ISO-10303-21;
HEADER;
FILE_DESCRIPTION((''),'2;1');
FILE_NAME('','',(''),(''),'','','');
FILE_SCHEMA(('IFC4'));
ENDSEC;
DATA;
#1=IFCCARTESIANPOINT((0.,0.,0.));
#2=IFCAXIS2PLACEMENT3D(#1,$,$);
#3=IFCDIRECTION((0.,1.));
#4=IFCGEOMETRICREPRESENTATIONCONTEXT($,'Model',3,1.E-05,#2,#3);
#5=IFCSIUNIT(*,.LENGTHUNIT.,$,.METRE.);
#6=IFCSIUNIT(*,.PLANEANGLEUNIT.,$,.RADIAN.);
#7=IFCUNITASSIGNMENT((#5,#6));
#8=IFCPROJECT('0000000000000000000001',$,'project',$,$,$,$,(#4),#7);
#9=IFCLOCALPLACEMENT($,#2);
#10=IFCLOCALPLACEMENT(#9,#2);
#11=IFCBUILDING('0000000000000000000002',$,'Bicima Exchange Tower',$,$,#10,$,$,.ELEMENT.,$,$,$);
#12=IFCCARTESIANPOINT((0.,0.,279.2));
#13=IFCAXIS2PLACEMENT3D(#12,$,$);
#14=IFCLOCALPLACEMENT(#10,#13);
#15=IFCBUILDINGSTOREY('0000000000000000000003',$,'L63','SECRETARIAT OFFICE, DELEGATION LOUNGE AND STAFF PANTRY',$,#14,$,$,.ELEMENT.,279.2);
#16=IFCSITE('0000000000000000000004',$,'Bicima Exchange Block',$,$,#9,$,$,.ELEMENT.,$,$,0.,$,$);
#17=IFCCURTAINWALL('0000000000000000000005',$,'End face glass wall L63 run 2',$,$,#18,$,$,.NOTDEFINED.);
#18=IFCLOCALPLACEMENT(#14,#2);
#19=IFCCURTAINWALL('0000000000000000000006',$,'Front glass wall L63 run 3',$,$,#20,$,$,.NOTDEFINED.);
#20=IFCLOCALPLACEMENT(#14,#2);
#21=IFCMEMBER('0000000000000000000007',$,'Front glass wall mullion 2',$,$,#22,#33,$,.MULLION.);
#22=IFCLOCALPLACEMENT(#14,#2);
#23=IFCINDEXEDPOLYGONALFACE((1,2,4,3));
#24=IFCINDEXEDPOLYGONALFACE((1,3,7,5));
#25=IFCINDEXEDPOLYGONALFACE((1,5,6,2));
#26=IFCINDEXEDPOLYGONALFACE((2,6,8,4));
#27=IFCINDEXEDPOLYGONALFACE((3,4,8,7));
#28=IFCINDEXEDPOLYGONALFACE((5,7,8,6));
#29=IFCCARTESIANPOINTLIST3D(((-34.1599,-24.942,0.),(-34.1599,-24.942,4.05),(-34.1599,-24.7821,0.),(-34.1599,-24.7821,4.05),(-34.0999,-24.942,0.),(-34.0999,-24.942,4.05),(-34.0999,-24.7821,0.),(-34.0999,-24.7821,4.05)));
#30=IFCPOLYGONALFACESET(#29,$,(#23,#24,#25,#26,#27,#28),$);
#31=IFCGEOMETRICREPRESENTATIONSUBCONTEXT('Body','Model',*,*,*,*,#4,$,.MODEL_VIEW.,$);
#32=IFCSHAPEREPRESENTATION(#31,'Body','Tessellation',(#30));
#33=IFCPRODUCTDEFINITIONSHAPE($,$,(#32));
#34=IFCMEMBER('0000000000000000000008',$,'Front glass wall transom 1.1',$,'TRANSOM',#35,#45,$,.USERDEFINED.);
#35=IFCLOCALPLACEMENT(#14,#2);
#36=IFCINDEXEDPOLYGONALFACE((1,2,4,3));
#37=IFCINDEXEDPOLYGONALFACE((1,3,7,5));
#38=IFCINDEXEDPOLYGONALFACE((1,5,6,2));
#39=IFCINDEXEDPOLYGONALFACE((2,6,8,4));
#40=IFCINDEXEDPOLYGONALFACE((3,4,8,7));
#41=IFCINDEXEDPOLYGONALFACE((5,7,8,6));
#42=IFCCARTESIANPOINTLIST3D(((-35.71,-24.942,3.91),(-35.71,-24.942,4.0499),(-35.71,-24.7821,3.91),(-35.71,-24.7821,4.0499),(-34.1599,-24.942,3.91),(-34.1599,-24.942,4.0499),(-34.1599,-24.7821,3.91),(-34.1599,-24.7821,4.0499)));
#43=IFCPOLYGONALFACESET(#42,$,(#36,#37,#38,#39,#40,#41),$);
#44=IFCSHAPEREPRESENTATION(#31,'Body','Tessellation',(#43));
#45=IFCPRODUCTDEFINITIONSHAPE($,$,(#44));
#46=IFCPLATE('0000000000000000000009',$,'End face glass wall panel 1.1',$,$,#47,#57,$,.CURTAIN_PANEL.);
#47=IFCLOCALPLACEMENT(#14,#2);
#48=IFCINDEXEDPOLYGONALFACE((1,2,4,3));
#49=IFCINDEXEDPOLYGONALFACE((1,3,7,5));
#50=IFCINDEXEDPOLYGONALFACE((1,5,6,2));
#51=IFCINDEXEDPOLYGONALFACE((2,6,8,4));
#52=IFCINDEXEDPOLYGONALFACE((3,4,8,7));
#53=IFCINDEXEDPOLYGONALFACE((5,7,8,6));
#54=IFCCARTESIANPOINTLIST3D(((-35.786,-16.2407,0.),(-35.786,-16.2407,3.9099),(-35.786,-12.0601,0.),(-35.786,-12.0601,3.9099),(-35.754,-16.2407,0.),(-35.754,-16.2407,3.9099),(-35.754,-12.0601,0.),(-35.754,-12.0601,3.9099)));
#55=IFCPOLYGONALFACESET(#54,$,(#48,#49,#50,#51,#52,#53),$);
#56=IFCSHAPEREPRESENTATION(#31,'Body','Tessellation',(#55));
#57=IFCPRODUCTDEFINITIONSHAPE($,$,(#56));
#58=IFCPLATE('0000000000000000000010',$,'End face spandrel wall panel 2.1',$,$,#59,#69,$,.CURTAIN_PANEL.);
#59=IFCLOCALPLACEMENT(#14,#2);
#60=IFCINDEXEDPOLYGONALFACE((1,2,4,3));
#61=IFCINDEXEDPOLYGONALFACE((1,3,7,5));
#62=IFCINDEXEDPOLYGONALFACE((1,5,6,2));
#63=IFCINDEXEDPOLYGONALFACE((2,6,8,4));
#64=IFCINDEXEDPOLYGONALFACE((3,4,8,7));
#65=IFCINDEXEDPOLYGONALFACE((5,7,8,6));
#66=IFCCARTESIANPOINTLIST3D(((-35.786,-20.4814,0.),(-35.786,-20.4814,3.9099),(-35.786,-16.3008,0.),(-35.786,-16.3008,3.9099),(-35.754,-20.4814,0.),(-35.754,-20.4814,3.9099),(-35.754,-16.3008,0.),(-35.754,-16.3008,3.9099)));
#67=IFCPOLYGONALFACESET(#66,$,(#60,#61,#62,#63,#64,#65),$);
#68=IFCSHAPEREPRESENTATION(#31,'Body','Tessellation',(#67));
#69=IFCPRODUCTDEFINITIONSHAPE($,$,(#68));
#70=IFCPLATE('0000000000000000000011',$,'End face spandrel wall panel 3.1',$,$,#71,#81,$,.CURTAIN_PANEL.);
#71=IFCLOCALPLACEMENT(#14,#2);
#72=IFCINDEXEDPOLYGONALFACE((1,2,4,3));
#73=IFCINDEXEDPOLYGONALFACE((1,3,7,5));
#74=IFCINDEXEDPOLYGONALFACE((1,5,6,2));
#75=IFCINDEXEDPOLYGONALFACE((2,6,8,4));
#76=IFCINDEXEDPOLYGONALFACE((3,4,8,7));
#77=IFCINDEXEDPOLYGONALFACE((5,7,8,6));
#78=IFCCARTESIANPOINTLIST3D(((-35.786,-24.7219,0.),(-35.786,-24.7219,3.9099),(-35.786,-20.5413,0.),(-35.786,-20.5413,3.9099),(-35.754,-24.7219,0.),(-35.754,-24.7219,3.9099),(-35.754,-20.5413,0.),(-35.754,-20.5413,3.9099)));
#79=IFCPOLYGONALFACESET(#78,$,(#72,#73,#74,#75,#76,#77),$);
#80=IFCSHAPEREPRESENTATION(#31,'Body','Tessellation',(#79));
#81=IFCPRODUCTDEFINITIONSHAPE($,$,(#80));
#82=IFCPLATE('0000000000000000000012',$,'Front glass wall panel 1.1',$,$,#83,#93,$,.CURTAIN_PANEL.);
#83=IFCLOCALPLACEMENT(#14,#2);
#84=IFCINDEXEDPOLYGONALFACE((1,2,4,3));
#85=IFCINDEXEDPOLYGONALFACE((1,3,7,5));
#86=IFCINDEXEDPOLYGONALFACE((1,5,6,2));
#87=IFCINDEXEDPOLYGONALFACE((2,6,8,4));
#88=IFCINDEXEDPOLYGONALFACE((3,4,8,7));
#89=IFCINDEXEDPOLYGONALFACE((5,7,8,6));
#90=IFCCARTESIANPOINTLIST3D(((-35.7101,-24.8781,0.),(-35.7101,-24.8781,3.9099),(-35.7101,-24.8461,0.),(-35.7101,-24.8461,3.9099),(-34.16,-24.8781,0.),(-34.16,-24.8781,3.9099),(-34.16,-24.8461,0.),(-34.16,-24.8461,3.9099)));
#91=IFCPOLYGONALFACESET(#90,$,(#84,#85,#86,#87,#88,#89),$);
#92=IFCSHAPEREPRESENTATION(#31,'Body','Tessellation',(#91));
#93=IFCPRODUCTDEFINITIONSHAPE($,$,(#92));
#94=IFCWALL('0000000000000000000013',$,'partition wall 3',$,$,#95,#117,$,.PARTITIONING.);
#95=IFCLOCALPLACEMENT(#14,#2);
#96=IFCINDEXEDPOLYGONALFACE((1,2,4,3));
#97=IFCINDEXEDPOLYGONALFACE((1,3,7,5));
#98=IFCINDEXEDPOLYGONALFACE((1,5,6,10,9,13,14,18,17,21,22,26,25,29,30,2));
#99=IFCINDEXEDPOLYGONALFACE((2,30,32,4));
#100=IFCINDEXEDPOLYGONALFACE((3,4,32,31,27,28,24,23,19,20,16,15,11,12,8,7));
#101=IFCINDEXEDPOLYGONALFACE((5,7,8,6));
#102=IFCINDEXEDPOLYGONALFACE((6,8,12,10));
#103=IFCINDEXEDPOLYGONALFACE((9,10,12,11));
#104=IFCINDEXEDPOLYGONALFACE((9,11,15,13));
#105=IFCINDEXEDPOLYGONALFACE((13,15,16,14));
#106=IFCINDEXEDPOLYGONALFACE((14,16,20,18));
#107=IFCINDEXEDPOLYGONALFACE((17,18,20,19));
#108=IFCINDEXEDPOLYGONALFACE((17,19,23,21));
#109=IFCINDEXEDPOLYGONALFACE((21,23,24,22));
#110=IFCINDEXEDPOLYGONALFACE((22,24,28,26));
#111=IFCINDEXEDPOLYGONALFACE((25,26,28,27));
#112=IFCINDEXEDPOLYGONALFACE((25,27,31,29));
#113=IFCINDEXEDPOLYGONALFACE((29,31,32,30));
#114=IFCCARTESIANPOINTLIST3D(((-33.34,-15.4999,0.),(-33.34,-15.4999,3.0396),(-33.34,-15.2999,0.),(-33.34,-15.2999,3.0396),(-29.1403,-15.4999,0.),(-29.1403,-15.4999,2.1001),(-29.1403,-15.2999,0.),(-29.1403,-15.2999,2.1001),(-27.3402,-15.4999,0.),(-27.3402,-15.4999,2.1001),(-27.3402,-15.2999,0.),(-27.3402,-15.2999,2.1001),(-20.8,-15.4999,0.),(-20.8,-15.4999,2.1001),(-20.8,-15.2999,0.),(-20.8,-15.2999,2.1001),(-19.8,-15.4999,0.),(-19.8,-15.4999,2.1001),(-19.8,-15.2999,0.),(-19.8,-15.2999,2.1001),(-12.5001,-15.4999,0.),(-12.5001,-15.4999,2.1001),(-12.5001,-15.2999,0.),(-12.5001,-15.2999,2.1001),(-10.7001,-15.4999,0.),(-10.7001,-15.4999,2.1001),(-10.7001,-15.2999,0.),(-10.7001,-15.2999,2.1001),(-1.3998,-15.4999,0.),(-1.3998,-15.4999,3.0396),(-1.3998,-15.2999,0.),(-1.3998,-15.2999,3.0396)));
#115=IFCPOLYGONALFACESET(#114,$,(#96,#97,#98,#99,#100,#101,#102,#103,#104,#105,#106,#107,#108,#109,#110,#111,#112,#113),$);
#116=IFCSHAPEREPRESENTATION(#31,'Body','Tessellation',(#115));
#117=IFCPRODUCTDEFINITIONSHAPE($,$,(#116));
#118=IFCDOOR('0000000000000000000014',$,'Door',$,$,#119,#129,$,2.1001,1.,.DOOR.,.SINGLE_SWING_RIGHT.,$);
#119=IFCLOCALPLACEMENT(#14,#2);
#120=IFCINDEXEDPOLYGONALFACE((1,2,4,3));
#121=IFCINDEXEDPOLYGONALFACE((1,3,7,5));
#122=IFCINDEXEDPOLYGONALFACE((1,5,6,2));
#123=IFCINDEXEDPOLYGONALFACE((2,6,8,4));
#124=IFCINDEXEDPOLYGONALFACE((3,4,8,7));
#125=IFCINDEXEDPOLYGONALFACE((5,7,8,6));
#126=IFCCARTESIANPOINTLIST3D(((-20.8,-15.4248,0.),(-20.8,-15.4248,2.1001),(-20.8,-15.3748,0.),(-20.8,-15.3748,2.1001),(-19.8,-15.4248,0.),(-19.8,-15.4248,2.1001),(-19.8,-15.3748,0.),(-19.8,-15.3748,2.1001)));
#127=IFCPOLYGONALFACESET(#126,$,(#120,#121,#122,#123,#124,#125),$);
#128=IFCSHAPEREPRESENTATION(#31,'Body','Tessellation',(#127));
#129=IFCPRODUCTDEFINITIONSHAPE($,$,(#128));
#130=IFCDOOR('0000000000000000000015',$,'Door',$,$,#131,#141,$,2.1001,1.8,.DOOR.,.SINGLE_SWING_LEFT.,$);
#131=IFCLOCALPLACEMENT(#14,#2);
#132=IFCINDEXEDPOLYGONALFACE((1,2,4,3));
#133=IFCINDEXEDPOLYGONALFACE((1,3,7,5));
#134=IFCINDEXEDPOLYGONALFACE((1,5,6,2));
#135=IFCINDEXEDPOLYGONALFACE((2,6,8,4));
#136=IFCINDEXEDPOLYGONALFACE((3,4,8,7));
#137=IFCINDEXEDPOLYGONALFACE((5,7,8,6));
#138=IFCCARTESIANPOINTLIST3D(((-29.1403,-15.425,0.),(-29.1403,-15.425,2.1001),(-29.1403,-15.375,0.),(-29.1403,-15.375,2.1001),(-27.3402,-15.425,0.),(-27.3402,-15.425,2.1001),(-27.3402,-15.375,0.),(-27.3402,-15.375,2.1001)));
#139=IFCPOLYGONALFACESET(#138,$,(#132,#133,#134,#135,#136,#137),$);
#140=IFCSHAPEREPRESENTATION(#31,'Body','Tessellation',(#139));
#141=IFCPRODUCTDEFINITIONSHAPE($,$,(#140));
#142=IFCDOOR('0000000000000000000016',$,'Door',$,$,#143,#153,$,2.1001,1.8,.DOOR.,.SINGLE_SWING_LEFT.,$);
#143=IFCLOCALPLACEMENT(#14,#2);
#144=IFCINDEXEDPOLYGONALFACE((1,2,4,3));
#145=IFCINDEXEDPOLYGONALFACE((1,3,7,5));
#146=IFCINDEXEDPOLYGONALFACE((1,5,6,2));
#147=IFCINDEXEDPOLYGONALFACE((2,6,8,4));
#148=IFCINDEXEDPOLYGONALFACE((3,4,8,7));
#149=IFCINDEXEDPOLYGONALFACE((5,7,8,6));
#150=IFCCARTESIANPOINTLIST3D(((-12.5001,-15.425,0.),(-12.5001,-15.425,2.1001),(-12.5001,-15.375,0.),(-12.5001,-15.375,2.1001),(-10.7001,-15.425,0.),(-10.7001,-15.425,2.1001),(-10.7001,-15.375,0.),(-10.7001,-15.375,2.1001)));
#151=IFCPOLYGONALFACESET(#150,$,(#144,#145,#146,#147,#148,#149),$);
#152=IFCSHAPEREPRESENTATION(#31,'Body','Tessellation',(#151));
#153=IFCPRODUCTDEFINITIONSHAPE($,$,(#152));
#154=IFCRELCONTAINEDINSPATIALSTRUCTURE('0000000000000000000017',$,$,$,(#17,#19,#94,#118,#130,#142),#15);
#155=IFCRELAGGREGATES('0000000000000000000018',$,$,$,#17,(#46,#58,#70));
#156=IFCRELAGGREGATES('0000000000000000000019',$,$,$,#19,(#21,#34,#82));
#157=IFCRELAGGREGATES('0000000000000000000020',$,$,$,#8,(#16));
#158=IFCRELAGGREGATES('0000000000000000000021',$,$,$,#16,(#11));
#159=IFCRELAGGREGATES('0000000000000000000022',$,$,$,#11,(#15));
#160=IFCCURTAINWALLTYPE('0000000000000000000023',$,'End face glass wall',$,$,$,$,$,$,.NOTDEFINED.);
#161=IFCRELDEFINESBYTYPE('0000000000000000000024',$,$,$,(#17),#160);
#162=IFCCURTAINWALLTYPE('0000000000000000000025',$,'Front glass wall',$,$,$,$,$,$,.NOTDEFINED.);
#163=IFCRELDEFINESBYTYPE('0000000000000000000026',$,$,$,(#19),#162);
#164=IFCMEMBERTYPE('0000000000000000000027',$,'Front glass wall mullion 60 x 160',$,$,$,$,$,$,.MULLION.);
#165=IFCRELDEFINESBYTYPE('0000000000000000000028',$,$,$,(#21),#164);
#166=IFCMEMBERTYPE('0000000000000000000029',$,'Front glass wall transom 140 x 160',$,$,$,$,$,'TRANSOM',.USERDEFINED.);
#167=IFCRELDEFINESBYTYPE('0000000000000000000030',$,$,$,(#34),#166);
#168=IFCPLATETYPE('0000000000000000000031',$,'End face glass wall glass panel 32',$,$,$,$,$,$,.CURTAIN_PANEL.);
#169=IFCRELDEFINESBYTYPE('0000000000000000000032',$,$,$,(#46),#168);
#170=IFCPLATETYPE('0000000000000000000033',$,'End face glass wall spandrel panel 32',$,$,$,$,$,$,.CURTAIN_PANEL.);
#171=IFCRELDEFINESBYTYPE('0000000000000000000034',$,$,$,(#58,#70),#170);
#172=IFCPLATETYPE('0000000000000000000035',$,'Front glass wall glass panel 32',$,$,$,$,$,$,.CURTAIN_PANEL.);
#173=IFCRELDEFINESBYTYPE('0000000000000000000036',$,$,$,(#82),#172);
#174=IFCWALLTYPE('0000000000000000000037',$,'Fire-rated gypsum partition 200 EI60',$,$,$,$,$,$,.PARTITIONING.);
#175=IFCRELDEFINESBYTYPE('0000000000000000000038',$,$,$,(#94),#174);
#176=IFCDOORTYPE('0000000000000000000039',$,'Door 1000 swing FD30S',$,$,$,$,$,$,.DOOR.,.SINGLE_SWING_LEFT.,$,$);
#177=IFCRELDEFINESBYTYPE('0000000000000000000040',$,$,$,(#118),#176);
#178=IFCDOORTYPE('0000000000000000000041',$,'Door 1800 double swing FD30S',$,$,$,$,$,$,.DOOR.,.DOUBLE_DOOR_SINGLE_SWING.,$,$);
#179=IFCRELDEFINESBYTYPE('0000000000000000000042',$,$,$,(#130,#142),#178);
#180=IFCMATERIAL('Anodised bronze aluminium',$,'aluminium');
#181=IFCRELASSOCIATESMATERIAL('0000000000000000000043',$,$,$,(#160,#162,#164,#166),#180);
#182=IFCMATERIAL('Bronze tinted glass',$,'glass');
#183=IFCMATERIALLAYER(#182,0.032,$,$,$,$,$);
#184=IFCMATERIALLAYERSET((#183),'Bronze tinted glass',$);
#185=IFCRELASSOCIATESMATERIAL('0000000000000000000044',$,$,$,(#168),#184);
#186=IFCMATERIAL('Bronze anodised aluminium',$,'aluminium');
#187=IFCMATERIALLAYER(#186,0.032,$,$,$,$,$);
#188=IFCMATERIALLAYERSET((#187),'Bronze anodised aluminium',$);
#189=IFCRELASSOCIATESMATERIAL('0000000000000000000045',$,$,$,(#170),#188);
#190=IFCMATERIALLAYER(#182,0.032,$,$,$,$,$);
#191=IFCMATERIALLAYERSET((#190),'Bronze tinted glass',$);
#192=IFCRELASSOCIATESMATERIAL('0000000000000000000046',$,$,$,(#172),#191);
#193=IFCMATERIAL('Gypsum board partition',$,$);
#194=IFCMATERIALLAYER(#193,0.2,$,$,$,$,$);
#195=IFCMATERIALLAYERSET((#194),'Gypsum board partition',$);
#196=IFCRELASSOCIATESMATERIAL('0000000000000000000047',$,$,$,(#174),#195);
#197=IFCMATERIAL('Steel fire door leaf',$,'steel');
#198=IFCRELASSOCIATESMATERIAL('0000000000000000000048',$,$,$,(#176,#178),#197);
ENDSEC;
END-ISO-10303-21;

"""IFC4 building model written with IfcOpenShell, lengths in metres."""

from ifc_helpers import new_model, si_unit, direction, frame, frame_2d, origin, origin_2d, place, context, subcontext, project, spatial, rectangle, extrude, material, layer, layer_set, material_profile, profile_set, type_object, element, fill, aggregate, save


model = new_model("IFC4")

# Units and contexts
model_context = context("Model", 3, precision=1e-05, world=origin(), true_north=direction((0.0, 1.0)))
body_context = subcontext(model_context, "Body", "Model", "MODEL_VIEW")
ifc_project = project(units=[si_unit("LENGTHUNIT", "METRE"), si_unit("PLANEANGLEUNIT", "RADIAN")], contexts=[model_context])

# Site, building, storey
site_placement = place(None, origin())
site = spatial("IfcSite", under=ifc_project, at=site_placement, Name="Bicima Exchange Block", CompositionType="ELEMENT", RefElevation=0.0)
building_placement = place(site_placement, origin())
building = spatial("IfcBuilding", under=site, at=building_placement, Name="Bicima Exchange Tower", CompositionType="ELEMENT")
storey_placement = place(building_placement, frame((0.0, 0.0, 279.2)))
storey = spatial("IfcBuildingStorey", under=building, at=storey_placement, Name="L63", Description="SECRETARIAT OFFICE, DELEGATION LOUNGE AND STAFF PANTRY", CompositionType="ELEMENT", Elevation=279.2)

# Curtain wall
ifc_material_1 = material(Name="Anodised bronze aluminium", Category="aluminium")
curtain_wall_type_1 = type_object("IfcCurtainWallType", Name="End face glass wall", PredefinedType="NOTDEFINED", material=ifc_material_1)
curtain_wall_1_placement = place(storey_placement, origin())
curtain_wall_1 = element("IfcCurtainWall", 1, at=curtain_wall_1_placement, inside=storey, type_object=curtain_wall_type_1, Name="End face glass wall L63 run 2", PredefinedType="NOTDEFINED")
ifc_material_profile_1 = material_profile(ifc_material_1, rectangle(XDim=0.1599, YDim=0.0601, at=origin_2d()))
ifc_profile_set_1 = profile_set([ifc_material_profile_1], Name="Anodised bronze aluminium")
ifc_material_profile_2 = material_profile(ifc_material_1, rectangle(XDim=0.1599, YDim=0.1399, at=origin_2d()))
ifc_profile_set_2 = profile_set([ifc_material_profile_2], Name="Anodised bronze aluminium")

# Curtain wall, members
curtain_wall_type_2 = type_object("IfcCurtainWallType", Name="Front glass wall", PredefinedType="NOTDEFINED", material=ifc_material_1)
curtain_wall_2_placement = place(storey_placement, origin())
curtain_wall_2 = element("IfcCurtainWall", 2, at=curtain_wall_2_placement, inside=storey, type_object=curtain_wall_type_2, Name="Front glass wall L63 run 3", PredefinedType="NOTDEFINED")
member_type_1 = type_object("IfcMemberType", Name="Front glass wall mullion 60 x 160", PredefinedType="MULLION", material=ifc_profile_set_1)
member_1_placement = place(storey_placement, frame((-34.1299, -24.8621, 0.0), z_axis=(0.0, 0.0, 1.0), x_axis=(0.0, 1.0, 0.0)))
member_1 = element("IfcMember", 3, at=member_1_placement, type_object=member_type_1, Name="Front glass wall mullion 2", PredefinedType="MULLION", context=body_context, shape_type="SweptSolid", body=[
    extrude(rectangle(XDim=0.1599, YDim=0.0601, at=origin_2d()), origin(), (0.0, 0.0, 1.0), 4.05),
])
member_type_2 = type_object("IfcMemberType", Name="Front glass wall transom 140 x 160", ElementType="TRANSOM", PredefinedType="USERDEFINED", material=ifc_profile_set_2)
member_2_placement = place(storey_placement, frame((-35.71, -24.8621, 3.98), z_axis=(1.0, 0.0, 0.0), x_axis=(0.0, 1.0, 0.0)))
member_2 = element("IfcMember", 4, at=member_2_placement, type_object=member_type_2, Name="Front glass wall transom 1.1", ObjectType="TRANSOM", PredefinedType="USERDEFINED", context=body_context, shape_type="SweptSolid", body=[
    extrude(rectangle(XDim=0.1599, YDim=0.1399, at=origin_2d()), origin(), (0.0, 0.0, 1.0), 1.55),
])

# Plates
ifc_material_2 = material(Name="Bronze tinted glass", Category="glass")
ifc_layer_1 = layer(ifc_material_2, 0.032)
ifc_layer_set_1 = layer_set([ifc_layer_1], Name="Bronze tinted glass")
plate_type_1 = type_object("IfcPlateType", Name="End face glass wall glass panel 32", PredefinedType="CURTAIN_PANEL", material=ifc_layer_set_1)
plate_1_placement = place(storey_placement, frame((-35.77, -14.1504, 0.0), z_axis=(0.0, 0.0, 1.0), x_axis=(0.0, -1.0, 0.0)))
plate_1 = element("IfcPlate", 5, at=plate_1_placement, type_object=plate_type_1, Name="End face glass wall panel 1.1", PredefinedType="CURTAIN_PANEL", context=body_context, shape_type="SweptSolid", body=[
    extrude(rectangle(XDim=4.1807, YDim=0.032, at=origin_2d()), origin(), (0.0, 0.0, 1.0), 3.9099),
])
ifc_material_3 = material(Name="Bronze anodised aluminium", Category="aluminium")
ifc_layer_2 = layer(ifc_material_3, 0.032)
ifc_layer_set_2 = layer_set([ifc_layer_2], Name="Bronze anodised aluminium")
plate_type_2 = type_object("IfcPlateType", Name="End face glass wall spandrel panel 32", PredefinedType="CURTAIN_PANEL", material=ifc_layer_set_2)
plate_2_placement = place(storey_placement, frame((-35.77, -18.3911, 0.0), z_axis=(0.0, 0.0, 1.0), x_axis=(0.0, -1.0, 0.0)))
plate_2 = element("IfcPlate", 6, at=plate_2_placement, type_object=plate_type_2, Name="End face spandrel wall panel 2.1", PredefinedType="CURTAIN_PANEL", context=body_context, shape_type="SweptSolid", body=[
    extrude(rectangle(XDim=4.1807, YDim=0.032, at=origin_2d()), origin(), (0.0, 0.0, 1.0), 3.9099),
])
plate_3_placement = place(storey_placement, frame((-35.77, -22.6316, 0.0), z_axis=(0.0, 0.0, 1.0), x_axis=(0.0, -1.0, 0.0)))
plate_3 = element("IfcPlate", 7, at=plate_3_placement, type_object=plate_type_2, Name="End face spandrel wall panel 3.1", PredefinedType="CURTAIN_PANEL", context=body_context, shape_type="SweptSolid", body=[
    extrude(rectangle(XDim=4.1807, YDim=0.032, at=origin_2d()), origin(), (0.0, 0.0, 1.0), 3.9099),
])
aggregate(curtain_wall_1, [plate_1, plate_2, plate_3])
ifc_layer_3 = layer(ifc_material_2, 0.032)
ifc_layer_set_3 = layer_set([ifc_layer_3], Name="Bronze tinted glass")
plate_type_3 = type_object("IfcPlateType", Name="Front glass wall glass panel 32", PredefinedType="CURTAIN_PANEL", material=ifc_layer_set_3)
plate_4_placement = place(storey_placement, frame((-34.9351, -24.8621, 0.0), z_axis=(0.0, 0.0, 1.0), x_axis=(1.0, 0.0, 0.0)))
plate_4 = element("IfcPlate", 8, at=plate_4_placement, type_object=plate_type_3, Name="Front glass wall panel 1.1", PredefinedType="CURTAIN_PANEL", context=body_context, shape_type="SweptSolid", body=[
    extrude(rectangle(XDim=1.55, YDim=0.032, at=origin_2d()), origin(), (0.0, 0.0, 1.0), 3.9099),
])
aggregate(curtain_wall_2, [member_1, member_2, plate_4])

# Wall, openings, doors
ifc_material_4 = material(Name="Gypsum board partition")
ifc_layer_4 = layer(ifc_material_4, 0.2)
ifc_layer_set_4 = layer_set([ifc_layer_4], Name="Gypsum board partition")
wall_type_1 = type_object("IfcWallType", Name="Fire-rated gypsum partition 200 EI60", PredefinedType="PARTITIONING", material=ifc_layer_set_4)
wall_1_placement = place(storey_placement, frame((-33.3401, -15.3999, 0.0), z_axis=(0.0, 0.0, 1.0), x_axis=(1.0, 0.0, 0.0)))
wall_1 = element("IfcWall", 9, at=wall_1_placement, inside=storey, type_object=wall_type_1, Name="partition wall 3", PredefinedType="PARTITIONING", context=body_context, shape_type="SweptSolid", body=[
    extrude(rectangle(XDim=31.9402, YDim=0.2, at=frame_2d((15.9702, 0.0))), origin(), (0.0, 0.0, 1.0), 3.0396),
])
opening_1_placement = place(wall_1_placement, frame((4.2, 0.0, 0.0)))
opening_1 = element("IfcOpeningElement", 10, at=opening_1_placement, cuts=wall_1, PredefinedType="OPENING", context=body_context, shape_type="SweptSolid", body=[
    extrude(rectangle(XDim=1.8, YDim=2.1001, at=frame_2d((0.8999, 1.05))), frame((0.0, 0.1118, 0.0), z_axis=(0.0, -1.0, 0.0), x_axis=(1.0, 0.0, 0.0)), (0.0, 0.0, 1.0), 0.2239),
])
opening_2_placement = place(wall_1_placement, frame((12.54, 0.0, 0.0)))
opening_2 = element("IfcOpeningElement", 11, at=opening_2_placement, cuts=wall_1, PredefinedType="OPENING", context=body_context, shape_type="SweptSolid", body=[
    extrude(rectangle(XDim=1.0, YDim=2.1001, at=frame_2d((0.5, 1.05))), frame((0.0, 0.1118, 0.0), z_axis=(0.0, -1.0, 0.0), x_axis=(1.0, 0.0, 0.0)), (0.0, 0.0, 1.0), 0.2239),
])
opening_3_placement = place(wall_1_placement, frame((20.8401, 0.0, 0.0)))
opening_3 = element("IfcOpeningElement", 12, at=opening_3_placement, cuts=wall_1, PredefinedType="OPENING", context=body_context, shape_type="SweptSolid", body=[
    extrude(rectangle(XDim=1.8, YDim=2.1001, at=frame_2d((0.8999, 1.05))), frame((0.0, 0.1118, 0.0), z_axis=(0.0, -1.0, 0.0), x_axis=(1.0, 0.0, 0.0)), (0.0, 0.0, 1.0), 0.2239),
])
ifc_material_5 = material(Name="Steel fire door leaf", Category="steel")
door_type_1 = type_object("IfcDoorType", Name="Door 1000 swing FD30S", OperationType="SINGLE_SWING_LEFT", PredefinedType="DOOR", material=ifc_material_5)
door_1_placement = place(opening_2_placement, frame((1.0, 0.0, 0.0), z_axis=(0.0, 0.0, 1.0), x_axis=(-1.0, 0.0, 0.0)))
door_1 = element("IfcDoor", 13, at=door_1_placement, inside=storey, type_object=door_type_1, Name="Door", OperationType="SINGLE_SWING_RIGHT", OverallHeight=2.1001, OverallWidth=1.0, PredefinedType="DOOR", context=body_context, shape_type="SweptSolid", body=[
    extrude(rectangle(XDim=1.0, YDim=2.1001, at=frame_2d((0.5, 1.05))), frame((0.0, 0.0249, 0.0), z_axis=(0.0, -1.0, 0.0), x_axis=(1.0, 0.0, 0.0)), (0.0, 0.0, 1.0), 0.05),
])
fill(opening_2, door_1)
door_type_2 = type_object("IfcDoorType", Name="Door 1800 double swing FD30S", OperationType="DOUBLE_DOOR_SINGLE_SWING", PredefinedType="DOOR", material=ifc_material_5)
door_2_placement = place(opening_1_placement, origin())
door_2 = element("IfcDoor", 14, at=door_2_placement, inside=storey, type_object=door_type_2, Name="Door", OperationType="SINGLE_SWING_LEFT", OverallHeight=2.1001, OverallWidth=1.8, PredefinedType="DOOR", context=body_context, shape_type="SweptSolid", body=[
    extrude(rectangle(XDim=1.8, YDim=2.1001, at=frame_2d((0.8999, 1.05))), frame((0.0, 0.0249, 0.0), z_axis=(0.0, -1.0, 0.0), x_axis=(1.0, 0.0, 0.0)), (0.0, 0.0, 1.0), 0.05),
])
fill(opening_1, door_2)
door_3_placement = place(opening_3_placement, origin())
door_3 = element("IfcDoor", 15, at=door_3_placement, inside=storey, type_object=door_type_2, Name="Door", OperationType="SINGLE_SWING_LEFT", OverallHeight=2.1001, OverallWidth=1.8, PredefinedType="DOOR", context=body_context, shape_type="SweptSolid", body=[
    extrude(rectangle(XDim=1.8, YDim=2.1001, at=frame_2d((0.8999, 1.05))), frame((0.0, 0.0249, 0.0), z_axis=(0.0, -1.0, 0.0), x_axis=(1.0, 0.0, 0.0)), (0.0, 0.0, 1.0), 0.05),
])
fill(opening_3, door_3)

save(model, "model.ifc")
